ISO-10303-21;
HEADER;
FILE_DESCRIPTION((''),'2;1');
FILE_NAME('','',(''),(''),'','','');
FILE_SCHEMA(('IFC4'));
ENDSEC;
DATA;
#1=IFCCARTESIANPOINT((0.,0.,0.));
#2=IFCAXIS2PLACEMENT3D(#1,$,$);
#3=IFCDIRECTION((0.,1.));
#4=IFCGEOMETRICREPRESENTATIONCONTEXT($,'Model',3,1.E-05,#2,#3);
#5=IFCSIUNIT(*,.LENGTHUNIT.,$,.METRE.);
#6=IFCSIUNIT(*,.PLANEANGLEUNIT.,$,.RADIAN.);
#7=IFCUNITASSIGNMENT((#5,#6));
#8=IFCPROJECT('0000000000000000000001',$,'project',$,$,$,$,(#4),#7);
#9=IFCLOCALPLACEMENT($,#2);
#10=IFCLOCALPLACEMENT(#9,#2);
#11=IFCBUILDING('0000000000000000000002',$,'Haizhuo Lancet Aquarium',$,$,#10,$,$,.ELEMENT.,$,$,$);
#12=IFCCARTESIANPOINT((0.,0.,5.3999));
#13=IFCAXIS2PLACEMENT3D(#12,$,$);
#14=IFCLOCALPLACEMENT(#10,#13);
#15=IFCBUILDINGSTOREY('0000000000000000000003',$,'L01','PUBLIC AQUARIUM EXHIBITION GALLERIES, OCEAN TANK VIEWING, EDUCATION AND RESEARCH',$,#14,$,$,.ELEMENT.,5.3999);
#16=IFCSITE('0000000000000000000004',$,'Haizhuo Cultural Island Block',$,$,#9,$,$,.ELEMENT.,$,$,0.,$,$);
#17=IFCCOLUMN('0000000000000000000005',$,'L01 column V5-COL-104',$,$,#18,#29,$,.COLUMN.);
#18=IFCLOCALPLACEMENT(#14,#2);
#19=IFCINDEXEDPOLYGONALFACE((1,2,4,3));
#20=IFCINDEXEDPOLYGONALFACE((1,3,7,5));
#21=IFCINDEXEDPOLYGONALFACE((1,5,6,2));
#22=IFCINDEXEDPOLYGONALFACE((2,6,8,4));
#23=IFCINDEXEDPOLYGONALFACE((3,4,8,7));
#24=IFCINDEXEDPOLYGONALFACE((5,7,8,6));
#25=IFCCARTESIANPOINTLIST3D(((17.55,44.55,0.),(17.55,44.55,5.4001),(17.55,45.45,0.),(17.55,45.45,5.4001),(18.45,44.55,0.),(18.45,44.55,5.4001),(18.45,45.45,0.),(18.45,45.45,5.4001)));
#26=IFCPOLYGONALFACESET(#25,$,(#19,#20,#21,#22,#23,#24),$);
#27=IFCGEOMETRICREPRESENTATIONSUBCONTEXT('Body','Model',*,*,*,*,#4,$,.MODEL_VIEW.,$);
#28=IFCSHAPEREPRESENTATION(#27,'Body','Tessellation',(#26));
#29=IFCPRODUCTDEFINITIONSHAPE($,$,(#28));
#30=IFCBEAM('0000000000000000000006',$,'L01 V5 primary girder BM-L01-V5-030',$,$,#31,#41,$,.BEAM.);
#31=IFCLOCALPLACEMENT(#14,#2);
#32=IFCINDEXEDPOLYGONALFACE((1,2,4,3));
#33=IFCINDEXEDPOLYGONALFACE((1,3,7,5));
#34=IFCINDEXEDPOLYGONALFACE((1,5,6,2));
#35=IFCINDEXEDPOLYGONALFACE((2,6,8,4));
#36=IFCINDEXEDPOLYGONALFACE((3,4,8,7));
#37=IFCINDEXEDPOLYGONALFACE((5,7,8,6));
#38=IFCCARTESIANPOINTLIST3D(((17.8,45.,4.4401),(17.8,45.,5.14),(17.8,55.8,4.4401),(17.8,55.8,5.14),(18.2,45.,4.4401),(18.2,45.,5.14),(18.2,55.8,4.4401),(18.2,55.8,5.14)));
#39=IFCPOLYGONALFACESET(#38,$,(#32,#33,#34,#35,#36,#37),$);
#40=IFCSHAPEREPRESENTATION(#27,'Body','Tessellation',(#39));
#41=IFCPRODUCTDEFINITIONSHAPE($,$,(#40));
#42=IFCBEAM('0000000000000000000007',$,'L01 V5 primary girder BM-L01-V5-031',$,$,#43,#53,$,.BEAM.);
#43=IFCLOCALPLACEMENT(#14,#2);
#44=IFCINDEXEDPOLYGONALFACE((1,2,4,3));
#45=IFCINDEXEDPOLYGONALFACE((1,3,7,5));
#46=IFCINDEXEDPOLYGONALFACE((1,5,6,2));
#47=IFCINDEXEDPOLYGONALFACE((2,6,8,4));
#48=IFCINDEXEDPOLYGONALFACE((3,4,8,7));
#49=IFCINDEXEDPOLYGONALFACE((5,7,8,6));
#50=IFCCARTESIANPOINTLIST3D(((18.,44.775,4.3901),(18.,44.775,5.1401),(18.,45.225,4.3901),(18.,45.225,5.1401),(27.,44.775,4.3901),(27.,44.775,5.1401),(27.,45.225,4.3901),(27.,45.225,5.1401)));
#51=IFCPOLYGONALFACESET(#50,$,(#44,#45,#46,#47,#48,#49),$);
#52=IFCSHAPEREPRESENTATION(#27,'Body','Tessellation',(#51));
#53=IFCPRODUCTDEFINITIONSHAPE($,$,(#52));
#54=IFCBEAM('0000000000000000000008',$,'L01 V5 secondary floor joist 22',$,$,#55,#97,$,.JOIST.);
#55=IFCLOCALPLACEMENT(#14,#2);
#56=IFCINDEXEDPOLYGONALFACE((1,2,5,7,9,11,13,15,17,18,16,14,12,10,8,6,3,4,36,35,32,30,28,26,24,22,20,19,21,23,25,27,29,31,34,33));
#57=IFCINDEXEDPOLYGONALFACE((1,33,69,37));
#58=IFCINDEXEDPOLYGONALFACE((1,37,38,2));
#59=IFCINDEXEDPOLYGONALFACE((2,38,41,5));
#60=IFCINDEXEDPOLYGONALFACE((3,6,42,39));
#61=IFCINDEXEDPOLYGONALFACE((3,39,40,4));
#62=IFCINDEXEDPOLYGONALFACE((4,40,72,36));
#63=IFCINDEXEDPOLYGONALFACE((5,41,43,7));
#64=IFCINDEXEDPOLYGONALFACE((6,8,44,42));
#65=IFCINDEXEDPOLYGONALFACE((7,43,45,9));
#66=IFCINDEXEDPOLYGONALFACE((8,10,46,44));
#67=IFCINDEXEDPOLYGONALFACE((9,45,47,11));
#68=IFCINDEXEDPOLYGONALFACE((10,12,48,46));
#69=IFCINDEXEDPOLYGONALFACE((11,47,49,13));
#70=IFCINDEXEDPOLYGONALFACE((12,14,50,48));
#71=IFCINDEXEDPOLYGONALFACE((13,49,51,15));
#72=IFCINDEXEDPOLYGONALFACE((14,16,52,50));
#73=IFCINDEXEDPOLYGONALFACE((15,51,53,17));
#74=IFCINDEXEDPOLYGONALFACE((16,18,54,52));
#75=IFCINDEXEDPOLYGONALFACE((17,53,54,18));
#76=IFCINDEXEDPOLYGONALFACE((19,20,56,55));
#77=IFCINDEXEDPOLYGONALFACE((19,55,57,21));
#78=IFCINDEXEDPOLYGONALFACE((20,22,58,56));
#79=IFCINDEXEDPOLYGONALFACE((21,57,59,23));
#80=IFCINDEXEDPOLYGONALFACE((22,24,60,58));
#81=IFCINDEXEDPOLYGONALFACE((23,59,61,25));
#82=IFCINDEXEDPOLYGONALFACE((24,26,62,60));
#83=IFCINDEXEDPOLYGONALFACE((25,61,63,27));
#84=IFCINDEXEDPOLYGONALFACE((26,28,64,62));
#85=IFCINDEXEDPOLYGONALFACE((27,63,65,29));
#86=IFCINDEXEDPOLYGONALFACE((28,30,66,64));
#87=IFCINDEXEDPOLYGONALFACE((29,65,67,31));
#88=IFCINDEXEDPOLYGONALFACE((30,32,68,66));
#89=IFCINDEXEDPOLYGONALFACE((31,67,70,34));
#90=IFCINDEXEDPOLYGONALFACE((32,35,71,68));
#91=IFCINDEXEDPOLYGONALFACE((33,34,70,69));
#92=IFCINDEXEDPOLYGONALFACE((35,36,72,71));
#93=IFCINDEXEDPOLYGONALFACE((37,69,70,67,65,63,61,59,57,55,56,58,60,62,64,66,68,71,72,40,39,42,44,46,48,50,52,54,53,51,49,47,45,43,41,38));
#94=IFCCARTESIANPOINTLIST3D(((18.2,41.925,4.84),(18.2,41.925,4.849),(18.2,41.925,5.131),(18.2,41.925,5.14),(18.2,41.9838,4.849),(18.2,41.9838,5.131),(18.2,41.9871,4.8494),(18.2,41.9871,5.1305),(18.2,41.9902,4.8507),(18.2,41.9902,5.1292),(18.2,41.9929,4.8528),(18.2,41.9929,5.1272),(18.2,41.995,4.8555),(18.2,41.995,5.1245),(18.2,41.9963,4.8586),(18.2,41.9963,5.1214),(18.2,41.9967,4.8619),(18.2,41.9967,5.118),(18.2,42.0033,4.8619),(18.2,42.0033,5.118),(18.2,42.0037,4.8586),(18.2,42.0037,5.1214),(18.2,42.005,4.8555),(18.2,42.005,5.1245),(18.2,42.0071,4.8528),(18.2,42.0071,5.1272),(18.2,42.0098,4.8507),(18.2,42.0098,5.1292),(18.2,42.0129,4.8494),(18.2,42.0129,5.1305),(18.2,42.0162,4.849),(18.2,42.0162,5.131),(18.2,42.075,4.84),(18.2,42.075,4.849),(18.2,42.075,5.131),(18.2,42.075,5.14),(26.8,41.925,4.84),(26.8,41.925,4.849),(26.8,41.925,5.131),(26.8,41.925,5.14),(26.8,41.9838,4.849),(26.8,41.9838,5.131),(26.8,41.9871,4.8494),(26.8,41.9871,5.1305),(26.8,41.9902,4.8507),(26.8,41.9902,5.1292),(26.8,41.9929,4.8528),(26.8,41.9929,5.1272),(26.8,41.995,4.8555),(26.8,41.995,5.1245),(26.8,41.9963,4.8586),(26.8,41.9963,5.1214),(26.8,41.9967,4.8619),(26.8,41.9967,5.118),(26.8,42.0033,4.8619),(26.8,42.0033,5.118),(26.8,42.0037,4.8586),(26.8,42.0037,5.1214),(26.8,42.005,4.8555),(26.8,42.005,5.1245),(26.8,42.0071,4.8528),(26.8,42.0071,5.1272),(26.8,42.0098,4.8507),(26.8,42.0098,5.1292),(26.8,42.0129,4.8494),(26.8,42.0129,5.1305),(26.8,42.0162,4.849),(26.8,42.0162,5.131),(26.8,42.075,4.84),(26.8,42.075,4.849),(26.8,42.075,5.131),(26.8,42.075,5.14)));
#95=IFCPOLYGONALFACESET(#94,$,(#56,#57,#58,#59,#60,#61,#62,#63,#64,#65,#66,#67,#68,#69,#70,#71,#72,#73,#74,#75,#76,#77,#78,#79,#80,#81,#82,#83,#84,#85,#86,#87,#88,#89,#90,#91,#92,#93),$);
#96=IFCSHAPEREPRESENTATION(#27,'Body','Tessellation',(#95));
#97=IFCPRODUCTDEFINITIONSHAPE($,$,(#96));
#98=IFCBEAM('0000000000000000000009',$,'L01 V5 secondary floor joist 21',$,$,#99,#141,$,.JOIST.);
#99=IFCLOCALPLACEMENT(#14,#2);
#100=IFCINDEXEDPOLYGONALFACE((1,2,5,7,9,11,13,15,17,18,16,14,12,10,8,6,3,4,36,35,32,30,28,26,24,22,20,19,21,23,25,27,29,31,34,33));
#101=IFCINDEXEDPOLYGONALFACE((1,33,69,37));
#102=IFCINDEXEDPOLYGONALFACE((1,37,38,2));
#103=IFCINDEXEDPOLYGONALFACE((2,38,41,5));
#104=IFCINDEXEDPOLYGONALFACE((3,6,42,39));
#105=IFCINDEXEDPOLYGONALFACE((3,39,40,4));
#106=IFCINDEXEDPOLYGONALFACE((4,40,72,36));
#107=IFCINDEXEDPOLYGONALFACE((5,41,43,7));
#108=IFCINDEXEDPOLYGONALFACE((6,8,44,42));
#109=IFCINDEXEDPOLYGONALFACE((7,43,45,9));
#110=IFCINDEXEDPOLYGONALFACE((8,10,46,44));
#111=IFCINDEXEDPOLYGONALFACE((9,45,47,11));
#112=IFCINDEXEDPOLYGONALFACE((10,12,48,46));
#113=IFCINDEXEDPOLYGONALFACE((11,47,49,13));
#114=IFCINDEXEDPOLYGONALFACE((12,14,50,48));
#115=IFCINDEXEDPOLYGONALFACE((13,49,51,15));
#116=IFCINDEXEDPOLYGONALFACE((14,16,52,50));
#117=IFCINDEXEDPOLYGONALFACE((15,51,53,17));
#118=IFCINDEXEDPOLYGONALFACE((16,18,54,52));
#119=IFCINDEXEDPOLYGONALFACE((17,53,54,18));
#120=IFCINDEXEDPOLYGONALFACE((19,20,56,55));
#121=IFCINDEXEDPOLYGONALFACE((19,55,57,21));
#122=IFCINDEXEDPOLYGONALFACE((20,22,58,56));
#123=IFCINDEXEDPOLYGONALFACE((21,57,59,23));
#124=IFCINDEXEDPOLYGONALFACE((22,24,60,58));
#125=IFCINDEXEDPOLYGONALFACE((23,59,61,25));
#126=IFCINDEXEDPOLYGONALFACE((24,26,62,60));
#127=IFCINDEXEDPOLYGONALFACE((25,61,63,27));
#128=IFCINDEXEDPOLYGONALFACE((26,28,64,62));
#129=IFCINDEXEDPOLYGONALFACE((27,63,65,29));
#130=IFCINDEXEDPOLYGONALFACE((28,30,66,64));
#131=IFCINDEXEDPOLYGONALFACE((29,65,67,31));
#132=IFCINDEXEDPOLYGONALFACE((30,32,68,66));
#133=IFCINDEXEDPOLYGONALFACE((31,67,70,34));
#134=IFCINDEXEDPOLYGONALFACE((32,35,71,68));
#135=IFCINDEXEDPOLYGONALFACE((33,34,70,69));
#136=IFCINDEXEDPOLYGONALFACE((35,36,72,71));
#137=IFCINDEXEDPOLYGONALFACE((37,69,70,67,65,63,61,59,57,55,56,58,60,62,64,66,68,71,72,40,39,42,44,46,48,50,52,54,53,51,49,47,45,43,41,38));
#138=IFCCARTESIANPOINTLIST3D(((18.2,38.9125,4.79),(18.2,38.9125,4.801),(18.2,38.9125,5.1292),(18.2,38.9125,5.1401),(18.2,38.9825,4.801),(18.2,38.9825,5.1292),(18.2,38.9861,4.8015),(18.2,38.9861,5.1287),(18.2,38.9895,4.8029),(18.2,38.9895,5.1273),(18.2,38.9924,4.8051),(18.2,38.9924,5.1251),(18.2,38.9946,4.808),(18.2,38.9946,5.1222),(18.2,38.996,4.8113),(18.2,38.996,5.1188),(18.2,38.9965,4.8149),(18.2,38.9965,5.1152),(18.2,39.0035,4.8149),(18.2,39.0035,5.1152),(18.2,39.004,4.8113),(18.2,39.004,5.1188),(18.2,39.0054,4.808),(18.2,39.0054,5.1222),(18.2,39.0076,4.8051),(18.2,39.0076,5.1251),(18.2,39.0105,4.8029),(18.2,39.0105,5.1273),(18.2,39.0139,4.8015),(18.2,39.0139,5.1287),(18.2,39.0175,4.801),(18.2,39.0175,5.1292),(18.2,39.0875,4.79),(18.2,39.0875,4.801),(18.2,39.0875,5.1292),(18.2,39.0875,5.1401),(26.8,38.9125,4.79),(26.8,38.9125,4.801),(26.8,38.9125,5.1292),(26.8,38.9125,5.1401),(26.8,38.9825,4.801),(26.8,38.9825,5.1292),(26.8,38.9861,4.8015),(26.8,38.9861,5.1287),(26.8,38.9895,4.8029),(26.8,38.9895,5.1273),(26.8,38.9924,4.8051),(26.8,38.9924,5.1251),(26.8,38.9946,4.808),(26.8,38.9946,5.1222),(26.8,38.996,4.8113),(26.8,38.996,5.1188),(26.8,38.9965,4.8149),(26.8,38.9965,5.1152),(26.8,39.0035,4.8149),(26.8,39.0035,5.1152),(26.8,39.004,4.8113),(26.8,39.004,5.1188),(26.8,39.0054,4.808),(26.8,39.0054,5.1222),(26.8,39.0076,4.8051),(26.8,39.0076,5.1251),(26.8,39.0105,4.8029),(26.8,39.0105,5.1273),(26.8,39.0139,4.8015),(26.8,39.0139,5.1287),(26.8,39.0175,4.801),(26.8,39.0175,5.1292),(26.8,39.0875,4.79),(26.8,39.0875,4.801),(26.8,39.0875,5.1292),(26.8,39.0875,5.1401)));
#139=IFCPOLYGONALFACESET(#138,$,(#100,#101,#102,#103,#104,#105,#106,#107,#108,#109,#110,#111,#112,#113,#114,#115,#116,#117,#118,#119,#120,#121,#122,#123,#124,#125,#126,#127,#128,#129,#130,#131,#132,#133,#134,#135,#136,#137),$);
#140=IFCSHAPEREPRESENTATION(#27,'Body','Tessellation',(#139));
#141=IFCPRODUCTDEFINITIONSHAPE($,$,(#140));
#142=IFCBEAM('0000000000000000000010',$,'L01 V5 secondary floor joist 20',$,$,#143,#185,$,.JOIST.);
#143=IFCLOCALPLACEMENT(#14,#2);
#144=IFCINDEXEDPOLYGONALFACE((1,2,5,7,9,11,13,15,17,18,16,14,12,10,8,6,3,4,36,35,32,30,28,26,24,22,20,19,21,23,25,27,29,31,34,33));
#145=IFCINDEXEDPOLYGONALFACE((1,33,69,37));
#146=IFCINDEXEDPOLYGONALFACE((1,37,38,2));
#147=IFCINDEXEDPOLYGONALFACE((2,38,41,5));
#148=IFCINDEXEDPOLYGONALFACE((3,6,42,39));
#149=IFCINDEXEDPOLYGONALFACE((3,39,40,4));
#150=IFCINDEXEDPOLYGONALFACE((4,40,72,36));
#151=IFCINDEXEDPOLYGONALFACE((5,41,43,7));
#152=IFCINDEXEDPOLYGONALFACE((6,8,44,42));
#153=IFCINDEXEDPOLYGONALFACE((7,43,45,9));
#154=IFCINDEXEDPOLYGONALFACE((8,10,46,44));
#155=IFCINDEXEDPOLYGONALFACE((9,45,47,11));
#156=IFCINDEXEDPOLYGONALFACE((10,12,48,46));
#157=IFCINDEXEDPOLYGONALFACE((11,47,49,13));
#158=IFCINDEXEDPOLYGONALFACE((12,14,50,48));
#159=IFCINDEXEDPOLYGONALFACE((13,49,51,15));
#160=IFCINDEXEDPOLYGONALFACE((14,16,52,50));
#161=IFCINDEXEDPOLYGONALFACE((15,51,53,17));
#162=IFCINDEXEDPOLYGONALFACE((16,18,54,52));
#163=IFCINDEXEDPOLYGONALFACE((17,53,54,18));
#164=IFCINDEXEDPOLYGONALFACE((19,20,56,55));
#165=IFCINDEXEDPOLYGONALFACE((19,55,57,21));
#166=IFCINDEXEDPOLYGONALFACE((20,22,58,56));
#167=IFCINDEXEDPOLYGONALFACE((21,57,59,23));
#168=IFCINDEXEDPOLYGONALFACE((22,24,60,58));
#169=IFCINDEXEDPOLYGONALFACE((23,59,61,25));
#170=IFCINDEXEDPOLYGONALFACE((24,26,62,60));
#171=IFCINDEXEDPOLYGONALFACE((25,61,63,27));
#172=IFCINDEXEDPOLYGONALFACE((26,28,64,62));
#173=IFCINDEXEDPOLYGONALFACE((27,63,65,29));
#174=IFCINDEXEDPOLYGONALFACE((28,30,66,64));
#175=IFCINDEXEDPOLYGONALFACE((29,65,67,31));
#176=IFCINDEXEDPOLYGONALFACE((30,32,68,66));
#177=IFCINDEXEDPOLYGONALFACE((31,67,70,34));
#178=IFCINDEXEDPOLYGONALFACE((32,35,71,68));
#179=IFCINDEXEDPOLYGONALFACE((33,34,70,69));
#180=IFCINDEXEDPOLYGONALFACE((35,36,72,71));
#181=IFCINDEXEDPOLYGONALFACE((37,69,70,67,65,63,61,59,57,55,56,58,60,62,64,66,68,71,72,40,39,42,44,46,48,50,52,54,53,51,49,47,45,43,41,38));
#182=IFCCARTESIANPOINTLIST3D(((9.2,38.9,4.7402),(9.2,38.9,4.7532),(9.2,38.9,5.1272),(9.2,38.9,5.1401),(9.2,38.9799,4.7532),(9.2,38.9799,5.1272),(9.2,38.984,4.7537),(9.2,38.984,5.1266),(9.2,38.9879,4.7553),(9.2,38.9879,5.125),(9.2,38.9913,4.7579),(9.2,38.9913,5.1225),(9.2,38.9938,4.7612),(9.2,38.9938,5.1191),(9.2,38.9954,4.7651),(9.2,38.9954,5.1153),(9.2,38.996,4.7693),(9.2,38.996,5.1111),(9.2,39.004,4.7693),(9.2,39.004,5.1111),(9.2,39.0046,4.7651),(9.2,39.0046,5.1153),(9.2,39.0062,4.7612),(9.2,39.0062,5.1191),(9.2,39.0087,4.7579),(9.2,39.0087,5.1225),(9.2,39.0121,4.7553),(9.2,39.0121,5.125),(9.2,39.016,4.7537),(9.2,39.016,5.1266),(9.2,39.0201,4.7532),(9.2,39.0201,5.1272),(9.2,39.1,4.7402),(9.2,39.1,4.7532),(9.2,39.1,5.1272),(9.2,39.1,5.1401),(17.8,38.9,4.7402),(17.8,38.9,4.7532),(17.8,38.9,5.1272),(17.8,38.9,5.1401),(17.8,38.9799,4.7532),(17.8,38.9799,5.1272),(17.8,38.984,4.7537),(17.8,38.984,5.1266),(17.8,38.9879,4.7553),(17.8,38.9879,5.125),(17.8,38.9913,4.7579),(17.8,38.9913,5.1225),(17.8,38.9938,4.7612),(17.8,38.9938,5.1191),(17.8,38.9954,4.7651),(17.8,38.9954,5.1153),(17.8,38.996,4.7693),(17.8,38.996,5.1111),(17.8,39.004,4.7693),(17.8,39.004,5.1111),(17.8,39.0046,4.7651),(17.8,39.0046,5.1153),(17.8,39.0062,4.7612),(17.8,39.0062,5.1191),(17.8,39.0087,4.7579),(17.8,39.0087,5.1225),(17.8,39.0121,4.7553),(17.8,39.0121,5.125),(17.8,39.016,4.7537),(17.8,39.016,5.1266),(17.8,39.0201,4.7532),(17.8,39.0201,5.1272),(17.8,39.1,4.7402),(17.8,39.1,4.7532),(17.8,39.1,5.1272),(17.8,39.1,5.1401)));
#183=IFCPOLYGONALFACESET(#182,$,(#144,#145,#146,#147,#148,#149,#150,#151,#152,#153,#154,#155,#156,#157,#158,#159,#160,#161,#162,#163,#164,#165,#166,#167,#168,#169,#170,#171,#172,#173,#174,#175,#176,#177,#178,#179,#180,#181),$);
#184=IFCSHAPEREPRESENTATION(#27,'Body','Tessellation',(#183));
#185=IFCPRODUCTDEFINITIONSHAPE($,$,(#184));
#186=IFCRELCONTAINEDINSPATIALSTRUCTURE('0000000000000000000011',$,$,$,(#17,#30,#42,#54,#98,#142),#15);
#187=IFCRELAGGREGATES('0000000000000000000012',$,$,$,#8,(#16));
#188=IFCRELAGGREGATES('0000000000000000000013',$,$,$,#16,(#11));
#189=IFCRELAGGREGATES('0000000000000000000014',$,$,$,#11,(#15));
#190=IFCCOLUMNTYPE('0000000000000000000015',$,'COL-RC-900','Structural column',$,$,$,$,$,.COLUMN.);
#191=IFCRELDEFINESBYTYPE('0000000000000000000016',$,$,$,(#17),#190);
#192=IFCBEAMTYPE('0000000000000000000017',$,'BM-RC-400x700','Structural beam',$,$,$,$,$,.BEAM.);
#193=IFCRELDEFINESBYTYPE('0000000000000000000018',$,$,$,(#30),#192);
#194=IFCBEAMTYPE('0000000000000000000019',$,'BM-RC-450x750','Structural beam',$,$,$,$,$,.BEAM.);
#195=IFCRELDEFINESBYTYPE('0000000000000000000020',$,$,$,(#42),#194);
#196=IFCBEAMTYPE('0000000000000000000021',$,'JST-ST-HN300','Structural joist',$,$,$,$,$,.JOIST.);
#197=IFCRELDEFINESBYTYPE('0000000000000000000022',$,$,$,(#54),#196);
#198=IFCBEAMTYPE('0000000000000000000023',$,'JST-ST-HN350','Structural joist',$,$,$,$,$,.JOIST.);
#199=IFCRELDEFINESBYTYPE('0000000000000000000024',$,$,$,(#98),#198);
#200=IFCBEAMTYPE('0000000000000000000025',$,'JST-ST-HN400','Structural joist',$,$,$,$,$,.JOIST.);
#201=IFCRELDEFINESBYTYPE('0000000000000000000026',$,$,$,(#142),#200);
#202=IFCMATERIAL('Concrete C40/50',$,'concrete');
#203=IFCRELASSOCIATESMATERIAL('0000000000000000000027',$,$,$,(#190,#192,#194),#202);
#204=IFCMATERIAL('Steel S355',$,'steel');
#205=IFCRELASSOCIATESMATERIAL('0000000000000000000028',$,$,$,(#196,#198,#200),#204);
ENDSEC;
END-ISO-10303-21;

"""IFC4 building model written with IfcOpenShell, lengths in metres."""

from ifc_helpers import new_model, si_unit, direction, frame, origin, origin_2d, place, context, subcontext, project, spatial, rectangle, i_section, extrude, material, material_profile, profile_set, type_object, element, save


model = new_model("IFC4")

# Units and contexts
model_context = context("Model", 3, precision=1e-05, world=origin(), true_north=direction((0.0, 1.0)))
body_context = subcontext(model_context, "Body", "Model", "MODEL_VIEW")
ifc_project = project(units=[si_unit("LENGTHUNIT", "METRE"), si_unit("PLANEANGLEUNIT", "RADIAN")], contexts=[model_context])

# Site, building, storey
site_placement = place(None, origin())
site = spatial("IfcSite", under=ifc_project, at=site_placement, Name="Haizhuo Cultural Island Block", CompositionType="ELEMENT", RefElevation=0.0)
building_placement = place(site_placement, origin())
building = spatial("IfcBuilding", under=site, at=building_placement, Name="Haizhuo Lancet Aquarium", CompositionType="ELEMENT")
storey_placement = place(building_placement, frame((0.0, 0.0, 5.3999)))
storey = spatial("IfcBuildingStorey", under=building, at=storey_placement, Name="L01", Description="PUBLIC AQUARIUM EXHIBITION GALLERIES, OCEAN TANK VIEWING, EDUCATION AND RESEARCH", CompositionType="ELEMENT", Elevation=5.3999)

# Column
ifc_material_1 = material(Name="Concrete C40/50", Category="concrete")
ifc_material_profile_1 = material_profile(ifc_material_1, rectangle(XDim=0.8999, YDim=0.8999, at=origin_2d()), Name="RC-COL 900x900")
ifc_profile_set_1 = profile_set([ifc_material_profile_1], Name="Concrete C40/50")
column_type = type_object("IfcColumnType", Name="COL-RC-900", Description="Structural column", PredefinedType="COLUMN", material=ifc_profile_set_1)
column_placement = place(storey_placement, frame((18.0, 45.0, 0.0), z_axis=(0.0, 0.0, 1.0), x_axis=(1.0, 0.0, 0.0)))
element("IfcColumn", 1, at=column_placement, inside=storey, type_object=column_type, Name="L01 column V5-COL-104", PredefinedType="COLUMN", context=body_context, shape_type="SweptSolid", body=[
    extrude(rectangle(XDim=0.8999, YDim=0.8999, at=origin_2d()), origin(), (0.0, 0.0, 1.0), 5.4001),
])

# Beams
ifc_material_profile_2 = material_profile(ifc_material_1, rectangle(XDim=0.3999, YDim=0.7, at=origin_2d()), Name="RC-BM 400x700")
ifc_profile_set_2 = profile_set([ifc_material_profile_2], Name="Concrete C40/50")
beam_type_1 = type_object("IfcBeamType", Name="BM-RC-400x700", Description="Structural beam", PredefinedType="BEAM", material=ifc_profile_set_2)
beam_1_placement = place(storey_placement, frame((18.0, 45.0, 4.79), z_axis=(0.0, 1.0, 0.0), x_axis=(-1.0, 0.0, 0.0)))
element("IfcBeam", 2, at=beam_1_placement, inside=storey, type_object=beam_type_1, Name="L01 V5 primary girder BM-L01-V5-030", PredefinedType="BEAM", context=body_context, shape_type="SweptSolid", body=[
    extrude(rectangle(XDim=0.3999, YDim=0.7, at=origin_2d()), origin(), (0.0, 0.0, 1.0), 10.8),
])
ifc_material_profile_3 = material_profile(ifc_material_1, rectangle(XDim=0.45, YDim=0.75, at=origin_2d()), Name="RC-BM 450x750")
ifc_profile_set_3 = profile_set([ifc_material_profile_3], Name="Concrete C40/50")
beam_type_2 = type_object("IfcBeamType", Name="BM-RC-450x750", Description="Structural beam", PredefinedType="BEAM", material=ifc_profile_set_3)
beam_2_placement = place(storey_placement, frame((18.0, 45.0, 4.7651), z_axis=(1.0, 0.0, 0.0), x_axis=(0.0, 1.0, 0.0)))
element("IfcBeam", 3, at=beam_2_placement, inside=storey, type_object=beam_type_2, Name="L01 V5 primary girder BM-L01-V5-031", PredefinedType="BEAM", context=body_context, shape_type="SweptSolid", body=[
    extrude(rectangle(XDim=0.45, YDim=0.75, at=origin_2d()), origin(), (0.0, 0.0, 1.0), 9.0),
])
ifc_material_2 = material(Name="Steel S355", Category="steel")
ifc_material_profile_4 = material_profile(ifc_material_2, i_section(OverallWidth=0.1499, OverallDepth=0.3, WebThickness=0.0066, FlangeThickness=0.009, FilletRadius=0.0129, at=origin_2d()), Name="HN 300x150x6.5x9")
ifc_profile_set_4 = profile_set([ifc_material_profile_4], Name="Steel S355")
beam_type_3 = type_object("IfcBeamType", Name="JST-ST-HN300", Description="Structural joist", PredefinedType="JOIST", material=ifc_profile_set_4)
beam_3_placement = place(storey_placement, frame((18.2, 42.0, 4.99), z_axis=(1.0, 0.0, 0.0), x_axis=(0.0, 1.0, 0.0)))
element("IfcBeam", 4, at=beam_3_placement, inside=storey, type_object=beam_type_3, Name="L01 V5 secondary floor joist 22", PredefinedType="JOIST", context=body_context, shape_type="SweptSolid", body=[
    extrude(i_section(OverallWidth=0.1499, OverallDepth=0.3, WebThickness=0.0066, FlangeThickness=0.009, FilletRadius=0.0129, at=origin_2d()), origin(), (0.0, 0.0, 1.0), 8.6001),
])
ifc_material_profile_5 = material_profile(ifc_material_2, i_section(OverallWidth=0.175, OverallDepth=0.3501, WebThickness=0.0071, FlangeThickness=0.011, FilletRadius=0.0139, at=origin_2d()), Name="HN 350x175x7x11")
ifc_profile_set_5 = profile_set([ifc_material_profile_5], Name="Steel S355")
beam_type_4 = type_object("IfcBeamType", Name="JST-ST-HN350", Description="Structural joist", PredefinedType="JOIST", material=ifc_profile_set_5)
beam_4_placement = place(storey_placement, frame((18.2, 39.0, 4.9651), z_axis=(1.0, 0.0, 0.0), x_axis=(0.0, 1.0, 0.0)))
element("IfcBeam", 5, at=beam_4_placement, inside=storey, type_object=beam_type_4, Name="L01 V5 secondary floor joist 21", PredefinedType="JOIST", context=body_context, shape_type="SweptSolid", body=[
    extrude(i_section(OverallWidth=0.175, OverallDepth=0.3501, WebThickness=0.0071, FlangeThickness=0.011, FilletRadius=0.0139, at=origin_2d()), origin(), (0.0, 0.0, 1.0), 8.6001),
])
ifc_material_profile_6 = material_profile(ifc_material_2, i_section(OverallWidth=0.2, OverallDepth=0.3999, WebThickness=0.0081, FlangeThickness=0.0129, FilletRadius=0.0161, at=origin_2d()), Name="HN 400x200x8x13")
ifc_profile_set_6 = profile_set([ifc_material_profile_6], Name="Steel S355")
beam_type_5 = type_object("IfcBeamType", Name="JST-ST-HN400", Description="Structural joist", PredefinedType="JOIST", material=ifc_profile_set_6)
beam_5_placement = place(storey_placement, frame((9.2, 39.0, 4.9402), z_axis=(1.0, 0.0, 0.0), x_axis=(0.0, 1.0, 0.0)))
element("IfcBeam", 6, at=beam_5_placement, inside=storey, type_object=beam_type_5, Name="L01 V5 secondary floor joist 20", PredefinedType="JOIST", context=body_context, shape_type="SweptSolid", body=[
    extrude(i_section(OverallWidth=0.2, OverallDepth=0.3999, WebThickness=0.0081, FlangeThickness=0.0129, FilletRadius=0.0161, at=origin_2d()), origin(), (0.0, 0.0, 1.0), 8.6001),
])

save(model, "model.ifc")
